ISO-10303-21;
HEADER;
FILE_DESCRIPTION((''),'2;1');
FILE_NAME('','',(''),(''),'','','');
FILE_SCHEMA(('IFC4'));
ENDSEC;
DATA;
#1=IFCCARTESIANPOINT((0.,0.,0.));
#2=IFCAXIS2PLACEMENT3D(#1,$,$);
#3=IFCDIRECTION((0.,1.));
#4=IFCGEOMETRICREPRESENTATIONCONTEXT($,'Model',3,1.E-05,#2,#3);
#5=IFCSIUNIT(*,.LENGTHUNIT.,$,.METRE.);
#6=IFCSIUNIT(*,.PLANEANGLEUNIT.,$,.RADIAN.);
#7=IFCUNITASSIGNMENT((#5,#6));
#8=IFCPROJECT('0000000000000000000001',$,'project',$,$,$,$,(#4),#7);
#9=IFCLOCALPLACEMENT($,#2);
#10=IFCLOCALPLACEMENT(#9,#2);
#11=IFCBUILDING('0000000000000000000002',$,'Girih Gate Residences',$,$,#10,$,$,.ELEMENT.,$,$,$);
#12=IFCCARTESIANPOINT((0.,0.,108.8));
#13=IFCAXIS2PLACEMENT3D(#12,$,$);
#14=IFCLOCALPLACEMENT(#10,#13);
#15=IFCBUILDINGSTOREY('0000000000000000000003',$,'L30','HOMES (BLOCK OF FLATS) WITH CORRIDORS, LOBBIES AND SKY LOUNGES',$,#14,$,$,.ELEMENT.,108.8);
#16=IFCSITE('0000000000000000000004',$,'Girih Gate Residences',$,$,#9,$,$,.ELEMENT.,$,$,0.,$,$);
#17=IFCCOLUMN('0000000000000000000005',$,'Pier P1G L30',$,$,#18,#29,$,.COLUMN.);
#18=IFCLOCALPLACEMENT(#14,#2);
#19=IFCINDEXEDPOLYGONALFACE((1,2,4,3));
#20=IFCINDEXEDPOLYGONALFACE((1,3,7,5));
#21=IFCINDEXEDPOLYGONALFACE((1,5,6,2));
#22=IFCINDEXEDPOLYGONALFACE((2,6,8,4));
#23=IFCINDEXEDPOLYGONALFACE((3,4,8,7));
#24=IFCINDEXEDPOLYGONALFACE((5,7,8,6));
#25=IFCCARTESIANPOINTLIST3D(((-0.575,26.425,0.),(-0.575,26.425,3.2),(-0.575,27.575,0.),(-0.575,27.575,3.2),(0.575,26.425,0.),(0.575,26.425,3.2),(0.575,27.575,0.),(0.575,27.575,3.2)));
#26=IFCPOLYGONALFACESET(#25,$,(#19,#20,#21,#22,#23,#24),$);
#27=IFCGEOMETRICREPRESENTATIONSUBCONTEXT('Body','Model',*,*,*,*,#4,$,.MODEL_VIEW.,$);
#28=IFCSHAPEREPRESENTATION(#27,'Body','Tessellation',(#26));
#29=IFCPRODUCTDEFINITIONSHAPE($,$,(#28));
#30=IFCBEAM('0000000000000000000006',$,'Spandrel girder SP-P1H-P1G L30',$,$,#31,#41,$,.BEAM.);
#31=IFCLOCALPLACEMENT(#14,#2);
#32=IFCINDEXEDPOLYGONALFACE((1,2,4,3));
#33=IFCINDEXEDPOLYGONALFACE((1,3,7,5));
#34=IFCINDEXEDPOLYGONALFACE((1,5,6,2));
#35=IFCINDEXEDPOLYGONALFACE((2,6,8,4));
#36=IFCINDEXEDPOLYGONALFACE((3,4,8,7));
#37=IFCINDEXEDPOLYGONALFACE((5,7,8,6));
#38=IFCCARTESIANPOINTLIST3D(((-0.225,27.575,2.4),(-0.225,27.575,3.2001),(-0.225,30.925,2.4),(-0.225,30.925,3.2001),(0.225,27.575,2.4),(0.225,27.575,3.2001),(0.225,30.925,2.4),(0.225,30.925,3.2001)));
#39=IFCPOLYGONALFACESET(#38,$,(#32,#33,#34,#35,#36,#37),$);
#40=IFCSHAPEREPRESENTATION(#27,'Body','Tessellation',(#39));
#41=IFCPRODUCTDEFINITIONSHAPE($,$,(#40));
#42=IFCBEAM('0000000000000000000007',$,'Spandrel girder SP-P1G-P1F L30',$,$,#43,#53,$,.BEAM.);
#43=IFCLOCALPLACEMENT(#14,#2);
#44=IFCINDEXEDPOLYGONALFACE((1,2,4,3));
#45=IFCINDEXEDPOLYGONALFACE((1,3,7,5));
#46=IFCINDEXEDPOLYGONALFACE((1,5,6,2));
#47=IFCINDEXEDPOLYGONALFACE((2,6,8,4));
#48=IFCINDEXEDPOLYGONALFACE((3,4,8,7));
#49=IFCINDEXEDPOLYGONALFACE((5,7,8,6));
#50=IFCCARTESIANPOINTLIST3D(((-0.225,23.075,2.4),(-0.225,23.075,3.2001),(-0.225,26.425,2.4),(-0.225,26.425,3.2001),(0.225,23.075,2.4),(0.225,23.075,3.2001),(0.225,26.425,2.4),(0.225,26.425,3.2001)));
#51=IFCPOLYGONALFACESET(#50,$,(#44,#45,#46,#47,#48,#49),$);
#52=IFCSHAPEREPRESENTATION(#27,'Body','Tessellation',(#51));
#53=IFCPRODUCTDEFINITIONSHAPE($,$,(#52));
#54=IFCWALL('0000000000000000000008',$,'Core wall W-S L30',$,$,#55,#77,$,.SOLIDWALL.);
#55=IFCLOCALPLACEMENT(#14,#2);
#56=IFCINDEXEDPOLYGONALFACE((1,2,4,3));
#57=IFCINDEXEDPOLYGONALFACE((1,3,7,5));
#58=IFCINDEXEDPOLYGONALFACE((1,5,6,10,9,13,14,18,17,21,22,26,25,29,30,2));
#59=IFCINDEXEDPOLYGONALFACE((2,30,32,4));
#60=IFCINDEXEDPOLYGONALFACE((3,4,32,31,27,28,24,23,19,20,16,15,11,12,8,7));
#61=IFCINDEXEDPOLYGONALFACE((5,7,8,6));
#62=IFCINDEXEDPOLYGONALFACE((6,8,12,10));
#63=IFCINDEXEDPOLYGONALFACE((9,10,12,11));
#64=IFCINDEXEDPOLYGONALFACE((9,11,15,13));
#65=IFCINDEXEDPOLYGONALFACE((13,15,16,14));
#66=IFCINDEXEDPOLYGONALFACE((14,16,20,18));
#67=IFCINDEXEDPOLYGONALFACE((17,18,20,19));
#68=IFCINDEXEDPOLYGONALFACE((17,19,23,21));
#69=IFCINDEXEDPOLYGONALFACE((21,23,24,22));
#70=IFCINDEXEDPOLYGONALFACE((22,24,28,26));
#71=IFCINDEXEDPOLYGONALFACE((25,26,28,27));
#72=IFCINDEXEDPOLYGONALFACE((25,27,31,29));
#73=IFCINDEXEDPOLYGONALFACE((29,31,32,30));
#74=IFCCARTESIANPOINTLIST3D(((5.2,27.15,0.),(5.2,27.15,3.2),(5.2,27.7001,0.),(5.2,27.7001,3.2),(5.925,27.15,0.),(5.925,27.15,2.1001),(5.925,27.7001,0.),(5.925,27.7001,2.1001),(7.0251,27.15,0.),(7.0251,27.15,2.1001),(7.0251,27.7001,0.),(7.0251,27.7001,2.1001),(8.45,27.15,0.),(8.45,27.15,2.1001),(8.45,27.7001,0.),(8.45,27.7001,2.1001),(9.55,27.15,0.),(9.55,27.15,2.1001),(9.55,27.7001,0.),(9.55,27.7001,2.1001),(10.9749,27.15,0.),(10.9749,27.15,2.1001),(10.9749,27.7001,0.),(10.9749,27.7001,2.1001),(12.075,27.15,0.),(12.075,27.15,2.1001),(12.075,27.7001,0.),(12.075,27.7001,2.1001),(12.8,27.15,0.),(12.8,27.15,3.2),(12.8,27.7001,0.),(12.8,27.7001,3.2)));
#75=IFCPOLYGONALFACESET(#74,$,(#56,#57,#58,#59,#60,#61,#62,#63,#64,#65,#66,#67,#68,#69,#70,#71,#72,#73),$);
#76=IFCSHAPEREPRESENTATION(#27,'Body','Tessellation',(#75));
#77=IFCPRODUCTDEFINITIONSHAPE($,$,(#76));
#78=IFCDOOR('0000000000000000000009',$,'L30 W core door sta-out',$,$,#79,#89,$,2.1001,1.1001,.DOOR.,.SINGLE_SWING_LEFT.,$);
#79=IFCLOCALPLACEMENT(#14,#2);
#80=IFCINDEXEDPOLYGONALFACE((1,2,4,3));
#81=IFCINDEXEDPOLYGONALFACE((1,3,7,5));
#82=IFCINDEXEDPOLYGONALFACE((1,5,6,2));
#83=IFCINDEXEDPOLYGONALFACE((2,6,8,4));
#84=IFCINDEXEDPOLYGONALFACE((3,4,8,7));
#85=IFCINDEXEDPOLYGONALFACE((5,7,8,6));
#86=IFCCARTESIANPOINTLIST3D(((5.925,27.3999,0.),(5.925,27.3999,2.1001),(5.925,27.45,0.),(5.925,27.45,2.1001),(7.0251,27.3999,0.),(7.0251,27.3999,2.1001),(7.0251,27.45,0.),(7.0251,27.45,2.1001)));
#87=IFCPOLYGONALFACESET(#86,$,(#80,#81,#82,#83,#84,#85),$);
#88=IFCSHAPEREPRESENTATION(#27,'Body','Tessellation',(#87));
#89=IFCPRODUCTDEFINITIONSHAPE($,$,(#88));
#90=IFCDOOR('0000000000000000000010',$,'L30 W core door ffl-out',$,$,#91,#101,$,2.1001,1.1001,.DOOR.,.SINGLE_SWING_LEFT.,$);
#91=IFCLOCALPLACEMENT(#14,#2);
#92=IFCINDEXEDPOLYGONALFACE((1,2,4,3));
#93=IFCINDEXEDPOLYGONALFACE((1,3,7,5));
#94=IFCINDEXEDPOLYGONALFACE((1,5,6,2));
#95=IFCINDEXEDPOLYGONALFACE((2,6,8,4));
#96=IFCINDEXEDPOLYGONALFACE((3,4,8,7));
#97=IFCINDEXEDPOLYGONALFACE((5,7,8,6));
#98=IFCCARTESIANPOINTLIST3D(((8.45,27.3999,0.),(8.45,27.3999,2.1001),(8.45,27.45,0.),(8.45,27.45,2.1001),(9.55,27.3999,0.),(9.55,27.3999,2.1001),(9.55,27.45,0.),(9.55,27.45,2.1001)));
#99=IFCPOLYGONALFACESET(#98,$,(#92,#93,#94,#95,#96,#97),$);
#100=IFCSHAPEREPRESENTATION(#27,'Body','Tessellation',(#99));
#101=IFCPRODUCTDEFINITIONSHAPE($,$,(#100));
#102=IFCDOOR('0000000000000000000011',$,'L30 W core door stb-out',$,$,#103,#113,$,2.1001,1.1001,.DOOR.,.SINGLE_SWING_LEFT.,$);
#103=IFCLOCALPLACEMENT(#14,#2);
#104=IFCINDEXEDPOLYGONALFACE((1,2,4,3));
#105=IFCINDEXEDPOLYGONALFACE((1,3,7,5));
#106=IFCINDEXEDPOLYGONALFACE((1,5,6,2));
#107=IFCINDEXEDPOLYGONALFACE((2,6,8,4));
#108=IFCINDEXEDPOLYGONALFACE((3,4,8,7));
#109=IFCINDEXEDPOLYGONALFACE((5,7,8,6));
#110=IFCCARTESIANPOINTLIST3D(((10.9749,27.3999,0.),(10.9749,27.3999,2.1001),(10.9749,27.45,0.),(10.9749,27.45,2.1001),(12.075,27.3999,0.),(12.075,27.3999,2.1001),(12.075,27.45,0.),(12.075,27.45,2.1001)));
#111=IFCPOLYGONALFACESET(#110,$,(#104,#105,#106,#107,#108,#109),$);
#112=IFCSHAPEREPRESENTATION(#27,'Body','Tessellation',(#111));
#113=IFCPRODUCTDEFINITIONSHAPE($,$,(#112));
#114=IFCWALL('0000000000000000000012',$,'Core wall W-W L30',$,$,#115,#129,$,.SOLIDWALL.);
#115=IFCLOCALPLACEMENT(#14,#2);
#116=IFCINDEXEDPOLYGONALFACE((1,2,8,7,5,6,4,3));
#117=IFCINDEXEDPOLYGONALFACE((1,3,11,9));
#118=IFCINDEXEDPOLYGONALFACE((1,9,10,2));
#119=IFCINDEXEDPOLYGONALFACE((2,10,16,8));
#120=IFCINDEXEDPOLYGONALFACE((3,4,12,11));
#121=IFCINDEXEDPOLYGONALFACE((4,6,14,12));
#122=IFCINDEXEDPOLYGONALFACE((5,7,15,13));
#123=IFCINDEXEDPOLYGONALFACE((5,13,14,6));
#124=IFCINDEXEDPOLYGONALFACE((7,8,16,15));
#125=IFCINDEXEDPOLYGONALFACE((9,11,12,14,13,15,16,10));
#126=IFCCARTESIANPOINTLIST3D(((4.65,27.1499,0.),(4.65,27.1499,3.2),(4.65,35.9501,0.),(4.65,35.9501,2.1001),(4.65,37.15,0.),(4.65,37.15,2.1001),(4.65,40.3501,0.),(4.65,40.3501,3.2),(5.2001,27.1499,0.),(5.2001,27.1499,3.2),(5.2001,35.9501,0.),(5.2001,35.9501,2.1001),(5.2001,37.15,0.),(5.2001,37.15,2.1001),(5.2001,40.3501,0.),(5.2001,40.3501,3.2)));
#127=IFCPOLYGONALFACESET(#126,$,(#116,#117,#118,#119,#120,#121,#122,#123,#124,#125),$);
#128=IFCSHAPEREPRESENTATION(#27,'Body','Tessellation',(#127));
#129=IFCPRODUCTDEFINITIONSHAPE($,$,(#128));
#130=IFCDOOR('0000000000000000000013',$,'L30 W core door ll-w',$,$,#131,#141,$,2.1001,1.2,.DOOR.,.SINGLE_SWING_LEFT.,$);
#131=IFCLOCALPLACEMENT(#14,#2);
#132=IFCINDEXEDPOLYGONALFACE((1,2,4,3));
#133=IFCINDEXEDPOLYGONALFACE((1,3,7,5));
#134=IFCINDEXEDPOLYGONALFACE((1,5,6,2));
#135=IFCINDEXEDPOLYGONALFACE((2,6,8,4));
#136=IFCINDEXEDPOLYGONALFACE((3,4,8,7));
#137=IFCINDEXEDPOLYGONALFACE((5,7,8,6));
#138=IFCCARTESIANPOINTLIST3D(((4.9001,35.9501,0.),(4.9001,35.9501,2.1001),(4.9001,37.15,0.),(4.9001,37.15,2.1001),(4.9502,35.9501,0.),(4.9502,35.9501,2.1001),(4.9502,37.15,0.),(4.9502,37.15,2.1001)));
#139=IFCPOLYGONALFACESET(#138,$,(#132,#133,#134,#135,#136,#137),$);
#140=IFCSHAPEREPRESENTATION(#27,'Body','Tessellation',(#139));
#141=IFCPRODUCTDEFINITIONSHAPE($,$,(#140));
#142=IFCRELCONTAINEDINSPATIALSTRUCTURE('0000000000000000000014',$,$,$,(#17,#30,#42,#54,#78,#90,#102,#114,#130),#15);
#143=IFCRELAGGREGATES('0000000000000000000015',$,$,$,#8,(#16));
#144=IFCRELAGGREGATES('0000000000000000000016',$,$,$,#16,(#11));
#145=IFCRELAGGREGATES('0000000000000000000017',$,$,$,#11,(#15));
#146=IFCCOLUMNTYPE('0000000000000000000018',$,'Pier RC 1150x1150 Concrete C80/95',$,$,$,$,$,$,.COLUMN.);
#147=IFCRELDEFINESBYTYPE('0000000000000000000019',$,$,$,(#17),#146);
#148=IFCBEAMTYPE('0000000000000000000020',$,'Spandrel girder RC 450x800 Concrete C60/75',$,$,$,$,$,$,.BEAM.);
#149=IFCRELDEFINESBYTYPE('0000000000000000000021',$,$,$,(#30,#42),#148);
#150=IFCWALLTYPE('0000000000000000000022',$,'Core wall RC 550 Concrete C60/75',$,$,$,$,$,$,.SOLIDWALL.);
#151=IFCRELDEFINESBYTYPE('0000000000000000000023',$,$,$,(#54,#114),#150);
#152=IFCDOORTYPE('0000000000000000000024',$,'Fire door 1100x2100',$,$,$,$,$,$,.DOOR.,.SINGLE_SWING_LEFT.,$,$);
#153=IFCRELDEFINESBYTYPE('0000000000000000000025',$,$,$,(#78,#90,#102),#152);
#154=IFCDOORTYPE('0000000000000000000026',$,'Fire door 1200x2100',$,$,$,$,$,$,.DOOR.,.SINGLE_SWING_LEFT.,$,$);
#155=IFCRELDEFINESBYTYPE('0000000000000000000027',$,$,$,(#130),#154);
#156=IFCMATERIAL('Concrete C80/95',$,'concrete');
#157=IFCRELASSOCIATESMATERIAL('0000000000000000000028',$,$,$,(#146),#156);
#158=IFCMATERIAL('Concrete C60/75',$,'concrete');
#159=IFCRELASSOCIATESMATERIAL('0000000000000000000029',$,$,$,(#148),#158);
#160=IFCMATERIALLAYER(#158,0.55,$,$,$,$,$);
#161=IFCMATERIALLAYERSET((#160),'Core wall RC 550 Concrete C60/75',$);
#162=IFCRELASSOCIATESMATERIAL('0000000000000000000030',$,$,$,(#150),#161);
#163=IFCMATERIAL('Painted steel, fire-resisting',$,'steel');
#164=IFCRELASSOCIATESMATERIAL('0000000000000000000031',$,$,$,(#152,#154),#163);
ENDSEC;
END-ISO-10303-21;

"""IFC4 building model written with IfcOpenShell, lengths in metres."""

from ifc_helpers import new_model, si_unit, direction, frame, frame_2d, origin, origin_2d, place, context, subcontext, project, spatial, rectangle, extrude, material, layer, layer_set, material_profile, profile_set, type_object, element, fill, save


model = new_model("IFC4")

# Units and contexts
model_context = context("Model", 3, precision=1e-05, world=origin(), true_north=direction((0.0, 1.0)))
body_context = subcontext(model_context, "Body", "Model", "MODEL_VIEW")
ifc_project = project(units=[si_unit("LENGTHUNIT", "METRE"), si_unit("PLANEANGLEUNIT", "RADIAN")], contexts=[model_context])

# Site, building, storey
site_placement = place(None, origin())
site = spatial("IfcSite", under=ifc_project, at=site_placement, Name="Girih Gate Residences", CompositionType="ELEMENT", RefElevation=0.0)
building_placement = place(site_placement, origin())
building = spatial("IfcBuilding", under=site, at=building_placement, Name="Girih Gate Residences", CompositionType="ELEMENT")
storey_placement = place(building_placement, frame((0.0, 0.0, 108.8)))
storey = spatial("IfcBuildingStorey", under=building, at=storey_placement, Name="L30", Description="HOMES (BLOCK OF FLATS) WITH CORRIDORS, LOBBIES AND SKY LOUNGES", CompositionType="ELEMENT", Elevation=108.8)

# Column
ifc_material_1 = material(Name="Concrete C80/95", Category="concrete")
ifc_material_profile_1 = material_profile(ifc_material_1, rectangle(XDim=1.1499, YDim=1.1499, at=origin_2d()))
ifc_profile_set_1 = profile_set([ifc_material_profile_1], Name="Concrete C80/95")
column_type = type_object("IfcColumnType", Name="Pier RC 1150x1150 Concrete C80/95", PredefinedType="COLUMN", material=ifc_profile_set_1)
column_placement = place(storey_placement, frame((0.0, 27.0, 0.0), z_axis=(0.0, 0.0, 1.0), x_axis=(1.0, 0.0, 0.0)))
element("IfcColumn", 1, at=column_placement, inside=storey, type_object=column_type, Name="Pier P1G L30", PredefinedType="COLUMN", context=body_context, shape_type="SweptSolid", body=[
    extrude(rectangle(XDim=1.1499, YDim=1.1499, at=origin_2d()), origin(), (0.0, 0.0, 1.0), 3.2),
])

# Beams
ifc_material_2 = material(Name="Concrete C60/75", Category="concrete")
ifc_material_profile_2 = material_profile(ifc_material_2, rectangle(XDim=0.45, YDim=0.8, at=origin_2d()))
ifc_profile_set_2 = profile_set([ifc_material_profile_2], Name="Concrete C60/75")
beam_type = type_object("IfcBeamType", Name="Spandrel girder RC 450x800 Concrete C60/75", PredefinedType="BEAM", material=ifc_profile_set_2)
for number, where, z_axis, x_axis, name in (
    (2, (0.0, 30.925, 2.8), (0.0, -1.0, 0.0), (1.0, 0.0, 0.0), "Spandrel girder SP-P1H-P1G L30"),
    (3, (0.0, 26.425, 2.8), (0.0, -1.0, 0.0), (1.0, 0.0, 0.0), "Spandrel girder SP-P1G-P1F L30"),
):
    element("IfcBeam", number, at=place(storey_placement, frame(where, z_axis=z_axis, x_axis=x_axis)), inside=storey, type_object=beam_type, Name=name, PredefinedType="BEAM", context=body_context, shape_type="SweptSolid", body=[
        extrude(rectangle(XDim=0.45, YDim=0.8, at=origin_2d()), origin(), (0.0, 0.0, 1.0), 3.3501),
    ])

# Wall, openings, doors
ifc_layer_1 = layer(ifc_material_2, 0.55)
ifc_layer_set_1 = layer_set([ifc_layer_1], Name="Core wall RC 550 Concrete C60/75")
wall_type_1 = type_object("IfcWallType", Name="Core wall RC 550 Concrete C60/75", PredefinedType="SOLIDWALL", material=ifc_layer_set_1)
wall_1_placement = place(storey_placement, frame((5.2, 27.425, 0.0), z_axis=(0.0, 0.0, 1.0), x_axis=(1.0, 0.0, 0.0)))
wall_1 = element("IfcWall", 4, at=wall_1_placement, inside=storey, type_object=wall_type_1, Name="Core wall W-S L30", PredefinedType="SOLIDWALL", context=body_context, shape_type="SweptSolid", body=[
    extrude(rectangle(XDim=7.6001, YDim=0.55, at=frame_2d((3.8, 0.0))), origin(), (0.0, 0.0, 1.0), 3.2),
])
opening_1_placement = place(wall_1_placement, frame((0.7251, 0.0, 0.0)))
opening_1 = element("IfcOpeningElement", 5, at=opening_1_placement, cuts=wall_1, PredefinedType="OPENING", context=body_context, shape_type="SweptSolid", body=[
    extrude(rectangle(XDim=1.1001, YDim=2.1001, at=frame_2d((0.55, 1.05))), frame((0.0, 0.2849, 0.0), z_axis=(0.0, -1.0, 0.0), x_axis=(1.0, 0.0, 0.0)), (0.0, 0.0, 1.0), 0.5701),
])
opening_2_placement = place(wall_1_placement, frame((3.25, 0.0, 0.0)))
opening_2 = element("IfcOpeningElement", 6, at=opening_2_placement, cuts=wall_1, PredefinedType="OPENING", context=body_context, shape_type="SweptSolid", body=[
    extrude(rectangle(XDim=1.1001, YDim=2.1001, at=frame_2d((0.55, 1.05))), frame((0.0, 0.2849, 0.0), z_axis=(0.0, -1.0, 0.0), x_axis=(1.0, 0.0, 0.0)), (0.0, 0.0, 1.0), 0.5701),
])
opening_3_placement = place(wall_1_placement, frame((5.7749, 0.0, 0.0)))
opening_3 = element("IfcOpeningElement", 7, at=opening_3_placement, cuts=wall_1, PredefinedType="OPENING", context=body_context, shape_type="SweptSolid", body=[
    extrude(rectangle(XDim=1.1001, YDim=2.1001, at=frame_2d((0.55, 1.05))), frame((0.0, 0.2849, 0.0), z_axis=(0.0, -1.0, 0.0), x_axis=(1.0, 0.0, 0.0)), (0.0, 0.0, 1.0), 0.5701),
])
ifc_material_3 = material(Name="Painted steel, fire-resisting", Category="steel")
door_type_1 = type_object("IfcDoorType", Name="Fire door 1100x2100", OperationType="SINGLE_SWING_LEFT", PredefinedType="DOOR", material=ifc_material_3)
door_1_placement = place(opening_1_placement, origin())
door_1 = element("IfcDoor", 8, at=door_1_placement, inside=storey, type_object=door_type_1, Name="L30 W core door sta-out", OperationType="SINGLE_SWING_LEFT", OverallHeight=2.1001, OverallWidth=1.1001, PredefinedType="DOOR", context=body_context, shape_type="SweptSolid", body=[
    extrude(rectangle(XDim=1.1001, YDim=2.1001, at=frame_2d((0.55, 1.05))), frame((0.0, 0.0249, 0.0), z_axis=(0.0, -1.0, 0.0), x_axis=(1.0, 0.0, 0.0)), (0.0, 0.0, 1.0), 0.05),
])
fill(opening_1, door_1)
door_2_placement = place(opening_2_placement, origin())
door_2 = element("IfcDoor", 9, at=door_2_placement, inside=storey, type_object=door_type_1, Name="L30 W core door ffl-out", OperationType="SINGLE_SWING_LEFT", OverallHeight=2.1001, OverallWidth=1.1001, PredefinedType="DOOR", context=body_context, shape_type="SweptSolid", body=[
    extrude(rectangle(XDim=1.1001, YDim=2.1001, at=frame_2d((0.55, 1.05))), frame((0.0, 0.0249, 0.0), z_axis=(0.0, -1.0, 0.0), x_axis=(1.0, 0.0, 0.0)), (0.0, 0.0, 1.0), 0.05),
])
fill(opening_2, door_2)
door_3_placement = place(opening_3_placement, origin())
door_3 = element("IfcDoor", 10, at=door_3_placement, inside=storey, type_object=door_type_1, Name="L30 W core door stb-out", OperationType="SINGLE_SWING_LEFT", OverallHeight=2.1001, OverallWidth=1.1001, PredefinedType="DOOR", context=body_context, shape_type="SweptSolid", body=[
    extrude(rectangle(XDim=1.1001, YDim=2.1001, at=frame_2d((0.55, 1.05))), frame((0.0, 0.0249, 0.0), z_axis=(0.0, -1.0, 0.0), x_axis=(1.0, 0.0, 0.0)), (0.0, 0.0, 1.0), 0.05),
])
fill(opening_3, door_3)

# Wall, opening, door
wall_2_placement = place(storey_placement, frame((4.925, 27.1499, 0.0), z_axis=(0.0, 0.0, 1.0), x_axis=(0.0, 1.0, 0.0)))
wall_2 = element("IfcWall", 11, at=wall_2_placement, inside=storey, type_object=wall_type_1, Name="Core wall W-W L30", PredefinedType="SOLIDWALL", context=body_context, shape_type="SweptSolid", body=[
    extrude(rectangle(XDim=13.2002, YDim=0.55, at=frame_2d((6.6001, 0.0))), origin(), (0.0, 0.0, 1.0), 3.2),
])
opening_4_placement = place(wall_2_placement, frame((8.8, 0.0, 0.0)))
opening_4 = element("IfcOpeningElement", 12, at=opening_4_placement, cuts=wall_2, PredefinedType="OPENING", context=body_context, shape_type="SweptSolid", body=[
    extrude(rectangle(XDim=1.2, YDim=2.1001, at=frame_2d((0.6001, 1.05))), frame((0.0, 0.2849, 0.0), z_axis=(0.0, -1.0, 0.0), x_axis=(1.0, 0.0, 0.0)), (0.0, 0.0, 1.0), 0.5701),
])
door_type_2 = type_object("IfcDoorType", Name="Fire door 1200x2100", OperationType="SINGLE_SWING_LEFT", PredefinedType="DOOR", material=ifc_material_3)
door_4_placement = place(opening_4_placement, origin())
door_4 = element("IfcDoor", 13, at=door_4_placement, inside=storey, type_object=door_type_2, Name="L30 W core door ll-w", OperationType="SINGLE_SWING_LEFT", OverallHeight=2.1001, OverallWidth=1.2, PredefinedType="DOOR", context=body_context, shape_type="SweptSolid", body=[
    extrude(rectangle(XDim=1.2, YDim=2.1001, at=frame_2d((0.6001, 1.05))), frame((0.0, 0.0249, 0.0), z_axis=(0.0, -1.0, 0.0), x_axis=(1.0, 0.0, 0.0)), (0.0, 0.0, 1.0), 0.05),
])
fill(opening_4, door_4)

save(model, "model.ifc")
